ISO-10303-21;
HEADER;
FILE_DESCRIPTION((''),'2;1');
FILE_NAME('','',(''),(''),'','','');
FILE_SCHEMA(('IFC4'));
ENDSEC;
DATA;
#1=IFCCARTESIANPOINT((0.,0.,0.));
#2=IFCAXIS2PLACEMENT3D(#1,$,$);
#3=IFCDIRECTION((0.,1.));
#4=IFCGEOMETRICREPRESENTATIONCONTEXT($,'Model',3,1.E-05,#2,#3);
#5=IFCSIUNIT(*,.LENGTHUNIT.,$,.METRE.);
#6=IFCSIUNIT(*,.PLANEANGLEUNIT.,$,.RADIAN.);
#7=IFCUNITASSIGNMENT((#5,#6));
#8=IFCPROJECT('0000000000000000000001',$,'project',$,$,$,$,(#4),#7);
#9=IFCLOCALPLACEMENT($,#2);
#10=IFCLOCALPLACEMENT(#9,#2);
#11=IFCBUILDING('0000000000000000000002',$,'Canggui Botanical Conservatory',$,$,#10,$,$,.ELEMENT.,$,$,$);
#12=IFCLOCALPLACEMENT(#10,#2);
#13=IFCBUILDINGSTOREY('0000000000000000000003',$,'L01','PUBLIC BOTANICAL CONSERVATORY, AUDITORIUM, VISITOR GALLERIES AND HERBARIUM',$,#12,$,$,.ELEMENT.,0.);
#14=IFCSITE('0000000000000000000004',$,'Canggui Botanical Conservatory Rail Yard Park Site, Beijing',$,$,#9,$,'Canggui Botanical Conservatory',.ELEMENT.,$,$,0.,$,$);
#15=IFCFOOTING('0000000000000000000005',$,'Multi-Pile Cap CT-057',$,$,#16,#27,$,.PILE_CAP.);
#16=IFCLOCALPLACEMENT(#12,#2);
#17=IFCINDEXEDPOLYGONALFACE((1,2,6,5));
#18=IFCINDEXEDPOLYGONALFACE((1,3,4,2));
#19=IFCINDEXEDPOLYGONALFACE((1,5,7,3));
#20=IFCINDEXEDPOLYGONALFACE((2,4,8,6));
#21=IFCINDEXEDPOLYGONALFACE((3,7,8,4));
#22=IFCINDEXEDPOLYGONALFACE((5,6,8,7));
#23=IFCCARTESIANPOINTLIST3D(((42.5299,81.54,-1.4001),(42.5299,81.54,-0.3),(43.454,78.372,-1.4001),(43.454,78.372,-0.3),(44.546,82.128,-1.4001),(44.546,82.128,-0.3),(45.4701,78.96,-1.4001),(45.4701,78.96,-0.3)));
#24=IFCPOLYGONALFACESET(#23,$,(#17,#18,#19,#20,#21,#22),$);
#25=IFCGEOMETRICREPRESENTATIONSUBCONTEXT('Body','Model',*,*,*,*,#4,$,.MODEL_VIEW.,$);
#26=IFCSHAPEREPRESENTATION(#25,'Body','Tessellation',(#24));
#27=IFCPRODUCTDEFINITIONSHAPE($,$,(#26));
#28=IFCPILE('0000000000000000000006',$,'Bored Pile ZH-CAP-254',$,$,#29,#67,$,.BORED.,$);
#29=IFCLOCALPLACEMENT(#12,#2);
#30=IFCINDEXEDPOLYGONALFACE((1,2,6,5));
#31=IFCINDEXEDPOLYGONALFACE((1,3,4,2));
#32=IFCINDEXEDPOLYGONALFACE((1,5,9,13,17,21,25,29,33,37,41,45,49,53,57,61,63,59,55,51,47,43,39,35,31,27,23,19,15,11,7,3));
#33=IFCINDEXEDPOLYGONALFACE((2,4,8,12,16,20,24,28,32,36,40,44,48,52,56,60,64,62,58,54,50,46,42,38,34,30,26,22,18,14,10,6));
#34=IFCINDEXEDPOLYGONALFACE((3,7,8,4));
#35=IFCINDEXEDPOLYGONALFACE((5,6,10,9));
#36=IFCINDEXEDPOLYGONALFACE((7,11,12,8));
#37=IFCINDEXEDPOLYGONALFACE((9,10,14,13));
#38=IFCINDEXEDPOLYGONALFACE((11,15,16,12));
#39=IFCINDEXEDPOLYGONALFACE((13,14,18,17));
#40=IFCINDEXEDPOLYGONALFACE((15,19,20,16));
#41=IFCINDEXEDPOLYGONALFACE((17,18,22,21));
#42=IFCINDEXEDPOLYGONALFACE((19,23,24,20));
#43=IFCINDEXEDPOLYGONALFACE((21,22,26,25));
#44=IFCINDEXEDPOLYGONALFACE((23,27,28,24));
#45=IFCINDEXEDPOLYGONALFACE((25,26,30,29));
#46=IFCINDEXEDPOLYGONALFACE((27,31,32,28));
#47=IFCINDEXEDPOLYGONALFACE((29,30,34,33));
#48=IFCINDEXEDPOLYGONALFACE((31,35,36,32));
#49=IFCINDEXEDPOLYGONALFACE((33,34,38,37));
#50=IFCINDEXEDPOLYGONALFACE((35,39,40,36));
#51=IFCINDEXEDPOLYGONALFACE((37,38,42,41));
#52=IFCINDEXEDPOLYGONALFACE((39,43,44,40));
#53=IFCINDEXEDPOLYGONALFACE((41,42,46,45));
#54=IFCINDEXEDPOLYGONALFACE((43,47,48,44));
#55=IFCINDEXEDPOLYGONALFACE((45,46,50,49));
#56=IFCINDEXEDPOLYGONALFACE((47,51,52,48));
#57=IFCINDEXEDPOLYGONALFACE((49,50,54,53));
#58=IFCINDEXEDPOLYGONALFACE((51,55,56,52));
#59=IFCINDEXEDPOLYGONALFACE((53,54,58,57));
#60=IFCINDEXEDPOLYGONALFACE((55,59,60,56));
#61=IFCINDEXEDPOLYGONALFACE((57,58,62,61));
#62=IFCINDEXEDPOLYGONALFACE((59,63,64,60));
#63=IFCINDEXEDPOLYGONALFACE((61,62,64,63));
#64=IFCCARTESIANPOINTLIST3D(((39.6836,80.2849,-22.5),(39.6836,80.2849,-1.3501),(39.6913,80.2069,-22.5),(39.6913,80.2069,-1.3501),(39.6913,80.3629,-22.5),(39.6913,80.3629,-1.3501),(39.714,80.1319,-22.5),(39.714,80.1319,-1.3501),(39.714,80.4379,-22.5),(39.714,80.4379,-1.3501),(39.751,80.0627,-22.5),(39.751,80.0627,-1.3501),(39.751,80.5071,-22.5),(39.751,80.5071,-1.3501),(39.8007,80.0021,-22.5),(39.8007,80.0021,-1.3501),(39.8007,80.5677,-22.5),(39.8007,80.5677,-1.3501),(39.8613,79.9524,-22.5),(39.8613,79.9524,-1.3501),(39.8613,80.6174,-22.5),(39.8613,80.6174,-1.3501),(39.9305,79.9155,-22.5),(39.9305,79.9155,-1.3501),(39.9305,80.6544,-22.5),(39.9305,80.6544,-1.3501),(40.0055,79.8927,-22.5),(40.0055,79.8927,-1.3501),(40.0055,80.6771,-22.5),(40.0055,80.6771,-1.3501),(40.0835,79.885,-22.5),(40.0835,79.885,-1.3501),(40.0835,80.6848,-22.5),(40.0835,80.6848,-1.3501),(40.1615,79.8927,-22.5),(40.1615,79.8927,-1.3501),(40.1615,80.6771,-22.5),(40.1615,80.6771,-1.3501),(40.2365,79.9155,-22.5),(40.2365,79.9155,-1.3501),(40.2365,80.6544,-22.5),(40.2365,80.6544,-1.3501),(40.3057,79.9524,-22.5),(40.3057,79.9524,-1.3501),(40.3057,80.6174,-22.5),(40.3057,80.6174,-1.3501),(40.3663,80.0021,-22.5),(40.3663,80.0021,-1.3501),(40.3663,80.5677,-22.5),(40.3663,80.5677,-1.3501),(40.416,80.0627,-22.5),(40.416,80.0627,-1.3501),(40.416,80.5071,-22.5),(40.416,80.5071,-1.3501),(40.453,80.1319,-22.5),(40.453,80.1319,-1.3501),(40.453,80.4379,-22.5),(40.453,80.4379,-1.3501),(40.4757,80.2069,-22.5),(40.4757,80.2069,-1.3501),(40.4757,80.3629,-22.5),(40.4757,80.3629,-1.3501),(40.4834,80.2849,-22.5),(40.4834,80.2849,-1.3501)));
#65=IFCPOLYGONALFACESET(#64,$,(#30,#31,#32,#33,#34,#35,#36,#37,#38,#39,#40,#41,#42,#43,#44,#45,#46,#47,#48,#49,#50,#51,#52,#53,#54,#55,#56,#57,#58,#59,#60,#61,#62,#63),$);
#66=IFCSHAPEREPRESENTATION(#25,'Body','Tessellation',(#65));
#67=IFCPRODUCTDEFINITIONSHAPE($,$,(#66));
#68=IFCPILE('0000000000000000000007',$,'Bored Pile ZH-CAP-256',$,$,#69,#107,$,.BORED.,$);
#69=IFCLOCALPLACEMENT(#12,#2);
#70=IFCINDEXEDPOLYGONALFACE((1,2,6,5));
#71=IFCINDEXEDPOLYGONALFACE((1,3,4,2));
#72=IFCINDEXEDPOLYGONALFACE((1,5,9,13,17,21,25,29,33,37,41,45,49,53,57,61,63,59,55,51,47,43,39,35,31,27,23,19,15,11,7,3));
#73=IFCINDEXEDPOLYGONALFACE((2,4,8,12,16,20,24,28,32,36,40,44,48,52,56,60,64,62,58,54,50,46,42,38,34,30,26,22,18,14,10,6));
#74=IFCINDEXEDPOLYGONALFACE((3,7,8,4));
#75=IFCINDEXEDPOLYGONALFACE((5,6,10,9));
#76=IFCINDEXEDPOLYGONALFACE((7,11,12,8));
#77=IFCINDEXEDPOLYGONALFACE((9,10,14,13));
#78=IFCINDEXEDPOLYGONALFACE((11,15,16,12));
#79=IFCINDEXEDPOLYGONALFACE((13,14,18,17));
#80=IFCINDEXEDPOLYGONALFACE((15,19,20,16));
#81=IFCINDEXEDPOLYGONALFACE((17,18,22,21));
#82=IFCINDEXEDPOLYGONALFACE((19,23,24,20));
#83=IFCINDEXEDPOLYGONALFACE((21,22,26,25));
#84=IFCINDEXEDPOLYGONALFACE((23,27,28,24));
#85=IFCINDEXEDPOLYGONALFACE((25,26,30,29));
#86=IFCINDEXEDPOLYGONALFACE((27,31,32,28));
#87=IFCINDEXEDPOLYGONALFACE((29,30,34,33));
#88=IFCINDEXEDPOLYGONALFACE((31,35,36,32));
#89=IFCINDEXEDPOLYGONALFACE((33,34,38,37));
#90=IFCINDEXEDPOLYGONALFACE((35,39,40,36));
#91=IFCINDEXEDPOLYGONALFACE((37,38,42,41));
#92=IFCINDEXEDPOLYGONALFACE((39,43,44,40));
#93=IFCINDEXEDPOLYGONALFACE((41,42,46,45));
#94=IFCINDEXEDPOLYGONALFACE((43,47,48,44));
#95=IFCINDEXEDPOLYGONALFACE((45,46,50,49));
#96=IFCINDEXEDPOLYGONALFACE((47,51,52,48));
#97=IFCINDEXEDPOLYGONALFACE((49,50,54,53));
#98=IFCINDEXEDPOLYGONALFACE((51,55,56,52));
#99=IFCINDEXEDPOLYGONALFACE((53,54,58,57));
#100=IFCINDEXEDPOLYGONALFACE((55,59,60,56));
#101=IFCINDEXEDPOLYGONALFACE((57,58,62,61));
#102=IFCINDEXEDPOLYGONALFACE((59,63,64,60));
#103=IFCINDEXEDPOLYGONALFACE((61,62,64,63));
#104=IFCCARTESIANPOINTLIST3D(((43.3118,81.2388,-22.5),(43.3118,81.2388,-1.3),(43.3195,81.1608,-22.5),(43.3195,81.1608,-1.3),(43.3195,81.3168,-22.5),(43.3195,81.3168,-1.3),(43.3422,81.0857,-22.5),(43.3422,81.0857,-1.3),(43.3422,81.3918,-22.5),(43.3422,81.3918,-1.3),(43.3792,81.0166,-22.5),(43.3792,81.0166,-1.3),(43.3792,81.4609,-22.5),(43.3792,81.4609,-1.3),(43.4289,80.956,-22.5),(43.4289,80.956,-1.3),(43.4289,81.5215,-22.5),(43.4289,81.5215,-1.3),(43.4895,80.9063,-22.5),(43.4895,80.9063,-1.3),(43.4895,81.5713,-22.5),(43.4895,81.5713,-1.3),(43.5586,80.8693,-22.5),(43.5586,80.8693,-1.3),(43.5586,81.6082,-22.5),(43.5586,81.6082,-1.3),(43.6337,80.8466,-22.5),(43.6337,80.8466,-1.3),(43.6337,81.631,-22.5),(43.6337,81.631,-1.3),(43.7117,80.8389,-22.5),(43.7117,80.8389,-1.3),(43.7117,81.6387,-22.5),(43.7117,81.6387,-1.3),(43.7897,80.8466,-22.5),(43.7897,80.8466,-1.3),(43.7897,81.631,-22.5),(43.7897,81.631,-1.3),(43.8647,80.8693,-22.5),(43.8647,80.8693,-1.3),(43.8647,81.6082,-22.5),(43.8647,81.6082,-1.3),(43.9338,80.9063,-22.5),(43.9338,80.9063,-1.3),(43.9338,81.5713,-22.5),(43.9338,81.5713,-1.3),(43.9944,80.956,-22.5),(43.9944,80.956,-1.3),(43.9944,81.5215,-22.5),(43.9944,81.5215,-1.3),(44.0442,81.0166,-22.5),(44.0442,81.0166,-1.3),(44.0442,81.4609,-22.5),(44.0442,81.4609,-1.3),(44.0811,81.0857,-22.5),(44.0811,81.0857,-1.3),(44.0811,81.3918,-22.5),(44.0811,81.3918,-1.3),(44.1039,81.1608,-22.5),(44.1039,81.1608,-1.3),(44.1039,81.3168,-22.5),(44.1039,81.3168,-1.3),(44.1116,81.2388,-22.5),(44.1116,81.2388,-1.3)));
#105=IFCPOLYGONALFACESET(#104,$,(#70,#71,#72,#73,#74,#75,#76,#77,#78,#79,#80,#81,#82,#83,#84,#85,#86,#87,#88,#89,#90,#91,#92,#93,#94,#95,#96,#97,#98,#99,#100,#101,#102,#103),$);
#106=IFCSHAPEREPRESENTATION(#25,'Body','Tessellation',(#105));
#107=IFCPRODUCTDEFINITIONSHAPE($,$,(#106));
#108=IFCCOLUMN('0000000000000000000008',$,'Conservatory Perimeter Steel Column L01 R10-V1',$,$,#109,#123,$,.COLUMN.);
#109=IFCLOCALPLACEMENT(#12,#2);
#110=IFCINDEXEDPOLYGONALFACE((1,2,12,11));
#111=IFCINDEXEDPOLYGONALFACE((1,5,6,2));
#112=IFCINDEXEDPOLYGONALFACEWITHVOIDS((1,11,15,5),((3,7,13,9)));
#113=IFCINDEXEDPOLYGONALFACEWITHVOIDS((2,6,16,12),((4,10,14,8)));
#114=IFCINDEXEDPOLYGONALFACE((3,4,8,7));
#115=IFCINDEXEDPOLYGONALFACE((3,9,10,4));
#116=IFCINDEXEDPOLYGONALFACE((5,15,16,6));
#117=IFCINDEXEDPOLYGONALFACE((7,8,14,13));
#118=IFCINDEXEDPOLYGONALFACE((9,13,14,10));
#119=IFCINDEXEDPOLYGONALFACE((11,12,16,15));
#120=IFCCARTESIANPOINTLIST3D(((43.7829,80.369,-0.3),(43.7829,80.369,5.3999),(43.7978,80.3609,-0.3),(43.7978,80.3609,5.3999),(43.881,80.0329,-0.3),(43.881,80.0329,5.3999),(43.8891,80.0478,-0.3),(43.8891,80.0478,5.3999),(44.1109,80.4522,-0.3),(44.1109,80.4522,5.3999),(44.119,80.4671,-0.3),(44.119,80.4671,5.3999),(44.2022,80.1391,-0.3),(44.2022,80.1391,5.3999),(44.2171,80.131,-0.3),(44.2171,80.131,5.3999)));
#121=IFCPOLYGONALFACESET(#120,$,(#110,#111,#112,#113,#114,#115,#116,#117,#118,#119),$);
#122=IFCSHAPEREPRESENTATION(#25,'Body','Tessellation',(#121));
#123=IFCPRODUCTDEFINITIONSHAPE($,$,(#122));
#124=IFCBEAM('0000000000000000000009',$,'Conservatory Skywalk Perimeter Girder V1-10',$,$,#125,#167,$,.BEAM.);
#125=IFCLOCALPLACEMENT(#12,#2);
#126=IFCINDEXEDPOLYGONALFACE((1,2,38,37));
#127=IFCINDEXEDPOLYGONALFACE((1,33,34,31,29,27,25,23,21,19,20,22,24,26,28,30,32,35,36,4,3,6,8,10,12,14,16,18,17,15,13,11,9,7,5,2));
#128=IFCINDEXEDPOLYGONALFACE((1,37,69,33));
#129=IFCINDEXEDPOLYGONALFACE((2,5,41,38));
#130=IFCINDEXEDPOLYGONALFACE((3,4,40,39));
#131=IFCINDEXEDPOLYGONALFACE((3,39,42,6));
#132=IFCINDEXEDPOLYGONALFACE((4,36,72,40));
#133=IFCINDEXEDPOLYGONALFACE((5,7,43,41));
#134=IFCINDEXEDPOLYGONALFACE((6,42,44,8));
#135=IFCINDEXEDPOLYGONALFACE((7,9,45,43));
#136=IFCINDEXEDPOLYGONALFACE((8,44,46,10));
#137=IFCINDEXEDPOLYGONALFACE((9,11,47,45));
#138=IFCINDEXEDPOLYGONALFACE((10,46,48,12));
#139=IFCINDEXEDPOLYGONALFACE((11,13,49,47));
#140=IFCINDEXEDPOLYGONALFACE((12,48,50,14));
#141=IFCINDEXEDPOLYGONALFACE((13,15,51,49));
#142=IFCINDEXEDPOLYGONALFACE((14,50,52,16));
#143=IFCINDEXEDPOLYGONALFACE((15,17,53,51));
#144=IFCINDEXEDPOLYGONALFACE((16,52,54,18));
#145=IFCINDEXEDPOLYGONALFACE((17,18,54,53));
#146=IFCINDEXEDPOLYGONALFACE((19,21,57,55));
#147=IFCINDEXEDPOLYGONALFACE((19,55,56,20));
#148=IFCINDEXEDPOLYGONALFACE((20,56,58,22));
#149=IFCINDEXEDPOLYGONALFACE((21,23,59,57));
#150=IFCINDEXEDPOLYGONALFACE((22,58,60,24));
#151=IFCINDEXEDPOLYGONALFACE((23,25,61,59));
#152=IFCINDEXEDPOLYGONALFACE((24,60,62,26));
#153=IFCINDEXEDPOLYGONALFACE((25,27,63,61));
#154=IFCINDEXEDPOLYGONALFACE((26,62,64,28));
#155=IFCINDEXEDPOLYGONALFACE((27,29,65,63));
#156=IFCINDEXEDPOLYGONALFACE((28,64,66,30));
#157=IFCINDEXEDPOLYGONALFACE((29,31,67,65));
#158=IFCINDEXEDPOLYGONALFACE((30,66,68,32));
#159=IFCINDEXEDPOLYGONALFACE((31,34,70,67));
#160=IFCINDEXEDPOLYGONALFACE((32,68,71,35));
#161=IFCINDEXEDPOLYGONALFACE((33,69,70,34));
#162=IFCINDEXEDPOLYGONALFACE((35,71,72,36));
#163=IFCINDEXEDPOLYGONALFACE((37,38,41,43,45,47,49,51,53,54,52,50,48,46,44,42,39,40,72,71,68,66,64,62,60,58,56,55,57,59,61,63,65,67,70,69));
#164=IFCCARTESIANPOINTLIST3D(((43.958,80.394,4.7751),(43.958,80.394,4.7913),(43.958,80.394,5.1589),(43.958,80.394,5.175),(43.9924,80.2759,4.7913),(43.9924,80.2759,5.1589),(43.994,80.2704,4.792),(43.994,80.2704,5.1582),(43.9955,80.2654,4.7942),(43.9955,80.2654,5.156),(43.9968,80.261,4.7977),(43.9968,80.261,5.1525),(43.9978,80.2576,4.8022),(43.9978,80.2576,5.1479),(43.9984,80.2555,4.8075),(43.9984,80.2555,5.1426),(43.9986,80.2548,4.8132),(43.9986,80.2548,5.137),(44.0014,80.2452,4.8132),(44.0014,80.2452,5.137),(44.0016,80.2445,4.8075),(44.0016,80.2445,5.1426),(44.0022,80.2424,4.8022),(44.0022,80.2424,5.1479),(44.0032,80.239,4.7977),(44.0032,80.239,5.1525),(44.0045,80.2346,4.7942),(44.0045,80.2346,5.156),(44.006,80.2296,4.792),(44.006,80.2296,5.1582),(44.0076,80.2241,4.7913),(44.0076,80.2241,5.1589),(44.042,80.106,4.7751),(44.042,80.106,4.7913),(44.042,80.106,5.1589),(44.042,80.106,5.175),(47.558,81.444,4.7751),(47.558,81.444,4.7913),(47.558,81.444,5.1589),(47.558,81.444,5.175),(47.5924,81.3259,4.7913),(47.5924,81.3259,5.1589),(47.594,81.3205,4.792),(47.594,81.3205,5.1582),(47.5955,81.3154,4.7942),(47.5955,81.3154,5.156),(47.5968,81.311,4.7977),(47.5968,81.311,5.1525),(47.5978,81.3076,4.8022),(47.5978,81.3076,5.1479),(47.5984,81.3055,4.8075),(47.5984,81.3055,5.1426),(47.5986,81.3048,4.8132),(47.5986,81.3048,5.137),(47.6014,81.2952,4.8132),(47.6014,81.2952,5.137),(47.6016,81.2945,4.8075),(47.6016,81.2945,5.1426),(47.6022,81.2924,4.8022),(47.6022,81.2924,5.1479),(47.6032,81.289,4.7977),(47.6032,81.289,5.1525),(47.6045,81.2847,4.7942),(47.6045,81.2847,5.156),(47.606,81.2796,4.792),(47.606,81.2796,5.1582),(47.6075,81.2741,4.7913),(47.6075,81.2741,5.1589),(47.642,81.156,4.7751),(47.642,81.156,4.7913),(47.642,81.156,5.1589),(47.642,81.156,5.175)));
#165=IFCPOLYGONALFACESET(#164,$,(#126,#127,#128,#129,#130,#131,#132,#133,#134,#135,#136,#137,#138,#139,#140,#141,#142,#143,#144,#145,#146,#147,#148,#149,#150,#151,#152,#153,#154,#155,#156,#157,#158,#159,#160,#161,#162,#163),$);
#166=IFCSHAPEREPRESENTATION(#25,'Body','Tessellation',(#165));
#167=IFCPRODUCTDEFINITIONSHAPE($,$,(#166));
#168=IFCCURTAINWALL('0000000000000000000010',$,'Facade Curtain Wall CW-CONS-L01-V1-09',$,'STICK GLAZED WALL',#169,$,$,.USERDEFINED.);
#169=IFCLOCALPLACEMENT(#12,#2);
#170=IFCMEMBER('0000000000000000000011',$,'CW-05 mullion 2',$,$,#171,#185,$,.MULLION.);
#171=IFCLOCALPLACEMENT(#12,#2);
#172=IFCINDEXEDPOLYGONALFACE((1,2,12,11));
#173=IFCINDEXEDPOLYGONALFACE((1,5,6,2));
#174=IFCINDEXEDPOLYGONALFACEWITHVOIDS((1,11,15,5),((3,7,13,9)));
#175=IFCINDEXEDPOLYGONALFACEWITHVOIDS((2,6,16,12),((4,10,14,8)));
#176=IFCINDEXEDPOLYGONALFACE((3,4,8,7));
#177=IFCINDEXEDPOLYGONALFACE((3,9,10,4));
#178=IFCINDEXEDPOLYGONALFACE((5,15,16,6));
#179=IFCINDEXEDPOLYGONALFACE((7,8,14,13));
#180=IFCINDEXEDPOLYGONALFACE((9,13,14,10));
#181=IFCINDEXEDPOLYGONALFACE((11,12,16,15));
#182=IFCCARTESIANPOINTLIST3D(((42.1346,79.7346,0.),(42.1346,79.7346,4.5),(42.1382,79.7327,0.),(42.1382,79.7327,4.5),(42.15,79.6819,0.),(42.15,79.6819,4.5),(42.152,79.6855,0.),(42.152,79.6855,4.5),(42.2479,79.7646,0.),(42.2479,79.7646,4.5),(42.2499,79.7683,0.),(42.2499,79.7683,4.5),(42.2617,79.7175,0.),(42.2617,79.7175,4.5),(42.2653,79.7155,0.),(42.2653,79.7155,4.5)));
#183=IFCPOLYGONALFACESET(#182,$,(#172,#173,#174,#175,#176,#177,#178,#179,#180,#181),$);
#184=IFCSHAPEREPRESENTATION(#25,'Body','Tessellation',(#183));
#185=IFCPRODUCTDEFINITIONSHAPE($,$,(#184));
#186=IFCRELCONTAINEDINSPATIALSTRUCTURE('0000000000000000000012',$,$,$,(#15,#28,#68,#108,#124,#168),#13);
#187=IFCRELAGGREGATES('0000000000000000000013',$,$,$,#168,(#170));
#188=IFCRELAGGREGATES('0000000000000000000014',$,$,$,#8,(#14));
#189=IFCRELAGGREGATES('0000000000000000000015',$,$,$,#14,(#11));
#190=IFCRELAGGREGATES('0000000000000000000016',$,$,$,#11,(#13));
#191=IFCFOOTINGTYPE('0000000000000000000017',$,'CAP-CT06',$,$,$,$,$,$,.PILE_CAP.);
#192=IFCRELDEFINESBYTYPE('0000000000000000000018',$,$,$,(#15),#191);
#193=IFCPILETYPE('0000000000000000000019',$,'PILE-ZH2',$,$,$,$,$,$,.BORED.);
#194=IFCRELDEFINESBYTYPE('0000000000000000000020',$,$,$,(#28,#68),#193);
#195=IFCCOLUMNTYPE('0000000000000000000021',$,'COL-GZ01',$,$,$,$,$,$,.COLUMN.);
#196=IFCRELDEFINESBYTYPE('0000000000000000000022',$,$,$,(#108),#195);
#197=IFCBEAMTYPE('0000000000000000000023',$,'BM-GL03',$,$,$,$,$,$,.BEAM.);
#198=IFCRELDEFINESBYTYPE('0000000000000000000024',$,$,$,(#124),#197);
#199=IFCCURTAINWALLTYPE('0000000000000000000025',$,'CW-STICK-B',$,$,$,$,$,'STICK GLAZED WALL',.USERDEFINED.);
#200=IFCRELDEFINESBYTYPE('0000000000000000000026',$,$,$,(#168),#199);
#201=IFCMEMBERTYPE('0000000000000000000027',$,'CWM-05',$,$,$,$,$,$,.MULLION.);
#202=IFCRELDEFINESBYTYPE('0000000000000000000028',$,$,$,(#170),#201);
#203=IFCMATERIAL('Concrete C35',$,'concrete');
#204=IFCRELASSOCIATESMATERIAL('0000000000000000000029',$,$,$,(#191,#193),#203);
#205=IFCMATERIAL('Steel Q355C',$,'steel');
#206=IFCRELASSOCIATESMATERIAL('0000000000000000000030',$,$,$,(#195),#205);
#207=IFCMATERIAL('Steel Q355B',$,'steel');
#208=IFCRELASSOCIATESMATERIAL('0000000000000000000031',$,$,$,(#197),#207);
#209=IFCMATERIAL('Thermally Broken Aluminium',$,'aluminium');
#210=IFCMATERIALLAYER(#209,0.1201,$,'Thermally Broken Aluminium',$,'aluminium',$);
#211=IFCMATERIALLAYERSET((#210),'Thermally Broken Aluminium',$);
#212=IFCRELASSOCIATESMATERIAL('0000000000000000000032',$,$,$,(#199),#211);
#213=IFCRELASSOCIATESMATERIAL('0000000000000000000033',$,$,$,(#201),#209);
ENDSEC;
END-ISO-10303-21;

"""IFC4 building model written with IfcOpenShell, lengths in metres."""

from ifc_helpers import new_model, si_unit, direction, frame, origin, origin_2d, place, context, subcontext, project, spatial, rectangle, hollow_rectangle, circle, i_section, extrude, material, layer, layer_set, material_profile, profile_set, type_object, element, aggregate, save


model = new_model("IFC4")

# Units and contexts
model_context = context("Model", 3, precision=1e-05, world=origin(), true_north=direction((0.0, 1.0)))
body_context = subcontext(model_context, "Body", "Model", "MODEL_VIEW")
ifc_project = project(units=[si_unit("LENGTHUNIT", "METRE"), si_unit("PLANEANGLEUNIT", "RADIAN")], contexts=[model_context])

# Site, building, storey
site_placement = place(None, origin())
site = spatial("IfcSite", under=ifc_project, at=site_placement, Name="Canggui Botanical Conservatory Rail Yard Park Site, Beijing", LongName="Canggui Botanical Conservatory", CompositionType="ELEMENT", RefElevation=0.0)
building_placement = place(site_placement, origin())
building = spatial("IfcBuilding", under=site, at=building_placement, Name="Canggui Botanical Conservatory", CompositionType="ELEMENT")
storey_placement = place(building_placement, origin())
storey = spatial("IfcBuildingStorey", under=building, at=storey_placement, Name="L01", Description="PUBLIC BOTANICAL CONSERVATORY, AUDITORIUM, VISITOR GALLERIES AND HERBARIUM", CompositionType="ELEMENT", Elevation=0.0)

# Footing
ifc_material_1 = material(Name="Concrete C35", Category="concrete")
footing_type = type_object("IfcFootingType", Name="CAP-CT06", PredefinedType="PILE_CAP", material=ifc_material_1)
footing_placement = place(storey_placement, frame((44.0, 80.25, -1.4001), z_axis=(0.0, 0.0, 1.0), x_axis=(-0.28, 0.96, 0.0)))
element("IfcFooting", 1, at=footing_placement, inside=storey, type_object=footing_type, Name="Multi-Pile Cap CT-057", PredefinedType="PILE_CAP", context=body_context, shape_type="SweptSolid", body=[
    extrude(rectangle(XDim=3.3, YDim=2.1001, at=origin_2d()), origin(), (0.0, 0.0, 1.0), 1.1001),
])

# Piles
ifc_material_profile_1 = material_profile(ifc_material_1, circle(Radius=0.3999, at=origin_2d()), Name="PILE D800")
ifc_profile_set_1 = profile_set([ifc_material_profile_1], Name="Concrete C35")
pile_type = type_object("IfcPileType", Name="PILE-ZH2", PredefinedType="BORED", material=ifc_profile_set_1)
pile_1_placement = place(storey_placement, frame((40.0835, 80.2849, -1.3501), z_axis=(0.0, 0.0, -1.0), x_axis=(1.0, 0.0, 0.0)))
element("IfcPile", 2, at=pile_1_placement, inside=storey, type_object=pile_type, Name="Bored Pile ZH-CAP-254", PredefinedType="BORED", context=body_context, shape_type="SweptSolid", body=[
    extrude(circle(Radius=0.3999, at=origin_2d()), origin(), (0.0, 0.0, 1.0), 21.1499),
])
pile_2_placement = place(storey_placement, frame((43.7117, 81.2388, -1.3), z_axis=(0.0, 0.0, -1.0), x_axis=(1.0, 0.0, 0.0)))
element("IfcPile", 3, at=pile_2_placement, inside=storey, type_object=pile_type, Name="Bored Pile ZH-CAP-256", PredefinedType="BORED", context=body_context, shape_type="SweptSolid", body=[
    extrude(circle(Radius=0.3999, at=origin_2d()), origin(), (0.0, 0.0, 1.0), 21.2),
])

# Column
ifc_material_2 = material(Name="Steel Q355C", Category="steel")
ifc_material_profile_2 = material_profile(ifc_material_2, hollow_rectangle(XDim=0.3501, YDim=0.3501, WallThickness=0.012, at=origin_2d()), Name="SHS 350x350x12")
ifc_profile_set_2 = profile_set([ifc_material_profile_2], Name="Steel Q355C")
column_type = type_object("IfcColumnType", Name="COL-GZ01", PredefinedType="COLUMN", material=ifc_profile_set_2)
column_placement = place(storey_placement, frame((44.0, 80.25, -0.3), z_axis=(0.0, 0.0, 1.0), x_axis=(0.96, 0.28, 0.0)))
element("IfcColumn", 4, at=column_placement, inside=storey, type_object=column_type, Name="Conservatory Perimeter Steel Column L01 R10-V1", PredefinedType="COLUMN", context=body_context, shape_type="SweptSolid", body=[
    extrude(hollow_rectangle(XDim=0.3501, YDim=0.3501, WallThickness=0.012, at=origin_2d()), origin(), (0.0, 0.0, 1.0), 5.7),
])

# Beam
ifc_material_3 = material(Name="Steel Q355B", Category="steel")
ifc_material_profile_3 = material_profile(ifc_material_3, i_section(OverallWidth=0.3, OverallDepth=0.3999, WebThickness=0.01, FlangeThickness=0.0161, FilletRadius=0.022, at=origin_2d()), Name="HM 400x300x10x16")
ifc_profile_set_3 = profile_set([ifc_material_profile_3], Name="Steel Q355B")
beam_type = type_object("IfcBeamType", Name="BM-GL03", PredefinedType="BEAM", material=ifc_profile_set_3)
beam_placement = place(storey_placement, frame((44.0, 80.25, 4.9751), z_axis=(0.959999, 0.280005, 0.0), x_axis=(-0.280005, 0.959999, 0.0)))
element("IfcBeam", 5, at=beam_placement, inside=storey, type_object=beam_type, Name="Conservatory Skywalk Perimeter Girder V1-10", PredefinedType="BEAM", context=body_context, shape_type="SweptSolid", body=[
    extrude(i_section(OverallWidth=0.3, OverallDepth=0.3999, WebThickness=0.01, FlangeThickness=0.0161, FilletRadius=0.022, at=origin_2d()), origin(), (0.0, 0.0, 1.0), 3.75),
])

# Curtain wall, member
ifc_material_4 = material(Name="Thermally Broken Aluminium", Category="aluminium")
ifc_layer_1 = layer(ifc_material_4, 0.1201, Name="Thermally Broken Aluminium", Category="aluminium")
ifc_layer_set_1 = layer_set([ifc_layer_1], Name="Thermally Broken Aluminium")
curtain_wall_type = type_object("IfcCurtainWallType", Name="CW-STICK-B", ElementType="STICK GLAZED WALL", PredefinedType="USERDEFINED", material=ifc_layer_set_1)
curtain_wall_placement = place(storey_placement, origin())
curtain_wall = element("IfcCurtainWall", 6, at=curtain_wall_placement, inside=storey, type_object=curtain_wall_type, Name="Facade Curtain Wall CW-CONS-L01-V1-09", ObjectType="STICK GLAZED WALL", PredefinedType="USERDEFINED")
ifc_material_profile_4 = material_profile(ifc_material_4, hollow_rectangle(XDim=0.0549, YDim=0.1201, WallThickness=0.0029, at=origin_2d()), Name="CWM 55x120x3")
ifc_profile_set_4 = profile_set([ifc_material_profile_4], Name="Thermally Broken Aluminium")
member_type_1 = type_object("IfcMemberType", Name="CWM-05", PredefinedType="MULLION", material=ifc_profile_set_4)
member_1_placement = place(storey_placement, frame((42.2, 79.7251, 0.0), z_axis=(0.0, 0.0, 1.0), x_axis=(-0.28, 0.96, 0.0)))
member_1 = element("IfcMember", 7, at=member_1_placement, type_object=member_type_1, Name="CW-05 mullion 2", PredefinedType="MULLION", context=body_context, shape_type="SweptSolid", body=[
    extrude(hollow_rectangle(XDim=0.0549, YDim=0.1201, WallThickness=0.0029, at=origin_2d()), origin(), (0.0, 0.0, 1.0), 4.5),
])
aggregate(curtain_wall, [member_1])

save(model, "model.ifc")
